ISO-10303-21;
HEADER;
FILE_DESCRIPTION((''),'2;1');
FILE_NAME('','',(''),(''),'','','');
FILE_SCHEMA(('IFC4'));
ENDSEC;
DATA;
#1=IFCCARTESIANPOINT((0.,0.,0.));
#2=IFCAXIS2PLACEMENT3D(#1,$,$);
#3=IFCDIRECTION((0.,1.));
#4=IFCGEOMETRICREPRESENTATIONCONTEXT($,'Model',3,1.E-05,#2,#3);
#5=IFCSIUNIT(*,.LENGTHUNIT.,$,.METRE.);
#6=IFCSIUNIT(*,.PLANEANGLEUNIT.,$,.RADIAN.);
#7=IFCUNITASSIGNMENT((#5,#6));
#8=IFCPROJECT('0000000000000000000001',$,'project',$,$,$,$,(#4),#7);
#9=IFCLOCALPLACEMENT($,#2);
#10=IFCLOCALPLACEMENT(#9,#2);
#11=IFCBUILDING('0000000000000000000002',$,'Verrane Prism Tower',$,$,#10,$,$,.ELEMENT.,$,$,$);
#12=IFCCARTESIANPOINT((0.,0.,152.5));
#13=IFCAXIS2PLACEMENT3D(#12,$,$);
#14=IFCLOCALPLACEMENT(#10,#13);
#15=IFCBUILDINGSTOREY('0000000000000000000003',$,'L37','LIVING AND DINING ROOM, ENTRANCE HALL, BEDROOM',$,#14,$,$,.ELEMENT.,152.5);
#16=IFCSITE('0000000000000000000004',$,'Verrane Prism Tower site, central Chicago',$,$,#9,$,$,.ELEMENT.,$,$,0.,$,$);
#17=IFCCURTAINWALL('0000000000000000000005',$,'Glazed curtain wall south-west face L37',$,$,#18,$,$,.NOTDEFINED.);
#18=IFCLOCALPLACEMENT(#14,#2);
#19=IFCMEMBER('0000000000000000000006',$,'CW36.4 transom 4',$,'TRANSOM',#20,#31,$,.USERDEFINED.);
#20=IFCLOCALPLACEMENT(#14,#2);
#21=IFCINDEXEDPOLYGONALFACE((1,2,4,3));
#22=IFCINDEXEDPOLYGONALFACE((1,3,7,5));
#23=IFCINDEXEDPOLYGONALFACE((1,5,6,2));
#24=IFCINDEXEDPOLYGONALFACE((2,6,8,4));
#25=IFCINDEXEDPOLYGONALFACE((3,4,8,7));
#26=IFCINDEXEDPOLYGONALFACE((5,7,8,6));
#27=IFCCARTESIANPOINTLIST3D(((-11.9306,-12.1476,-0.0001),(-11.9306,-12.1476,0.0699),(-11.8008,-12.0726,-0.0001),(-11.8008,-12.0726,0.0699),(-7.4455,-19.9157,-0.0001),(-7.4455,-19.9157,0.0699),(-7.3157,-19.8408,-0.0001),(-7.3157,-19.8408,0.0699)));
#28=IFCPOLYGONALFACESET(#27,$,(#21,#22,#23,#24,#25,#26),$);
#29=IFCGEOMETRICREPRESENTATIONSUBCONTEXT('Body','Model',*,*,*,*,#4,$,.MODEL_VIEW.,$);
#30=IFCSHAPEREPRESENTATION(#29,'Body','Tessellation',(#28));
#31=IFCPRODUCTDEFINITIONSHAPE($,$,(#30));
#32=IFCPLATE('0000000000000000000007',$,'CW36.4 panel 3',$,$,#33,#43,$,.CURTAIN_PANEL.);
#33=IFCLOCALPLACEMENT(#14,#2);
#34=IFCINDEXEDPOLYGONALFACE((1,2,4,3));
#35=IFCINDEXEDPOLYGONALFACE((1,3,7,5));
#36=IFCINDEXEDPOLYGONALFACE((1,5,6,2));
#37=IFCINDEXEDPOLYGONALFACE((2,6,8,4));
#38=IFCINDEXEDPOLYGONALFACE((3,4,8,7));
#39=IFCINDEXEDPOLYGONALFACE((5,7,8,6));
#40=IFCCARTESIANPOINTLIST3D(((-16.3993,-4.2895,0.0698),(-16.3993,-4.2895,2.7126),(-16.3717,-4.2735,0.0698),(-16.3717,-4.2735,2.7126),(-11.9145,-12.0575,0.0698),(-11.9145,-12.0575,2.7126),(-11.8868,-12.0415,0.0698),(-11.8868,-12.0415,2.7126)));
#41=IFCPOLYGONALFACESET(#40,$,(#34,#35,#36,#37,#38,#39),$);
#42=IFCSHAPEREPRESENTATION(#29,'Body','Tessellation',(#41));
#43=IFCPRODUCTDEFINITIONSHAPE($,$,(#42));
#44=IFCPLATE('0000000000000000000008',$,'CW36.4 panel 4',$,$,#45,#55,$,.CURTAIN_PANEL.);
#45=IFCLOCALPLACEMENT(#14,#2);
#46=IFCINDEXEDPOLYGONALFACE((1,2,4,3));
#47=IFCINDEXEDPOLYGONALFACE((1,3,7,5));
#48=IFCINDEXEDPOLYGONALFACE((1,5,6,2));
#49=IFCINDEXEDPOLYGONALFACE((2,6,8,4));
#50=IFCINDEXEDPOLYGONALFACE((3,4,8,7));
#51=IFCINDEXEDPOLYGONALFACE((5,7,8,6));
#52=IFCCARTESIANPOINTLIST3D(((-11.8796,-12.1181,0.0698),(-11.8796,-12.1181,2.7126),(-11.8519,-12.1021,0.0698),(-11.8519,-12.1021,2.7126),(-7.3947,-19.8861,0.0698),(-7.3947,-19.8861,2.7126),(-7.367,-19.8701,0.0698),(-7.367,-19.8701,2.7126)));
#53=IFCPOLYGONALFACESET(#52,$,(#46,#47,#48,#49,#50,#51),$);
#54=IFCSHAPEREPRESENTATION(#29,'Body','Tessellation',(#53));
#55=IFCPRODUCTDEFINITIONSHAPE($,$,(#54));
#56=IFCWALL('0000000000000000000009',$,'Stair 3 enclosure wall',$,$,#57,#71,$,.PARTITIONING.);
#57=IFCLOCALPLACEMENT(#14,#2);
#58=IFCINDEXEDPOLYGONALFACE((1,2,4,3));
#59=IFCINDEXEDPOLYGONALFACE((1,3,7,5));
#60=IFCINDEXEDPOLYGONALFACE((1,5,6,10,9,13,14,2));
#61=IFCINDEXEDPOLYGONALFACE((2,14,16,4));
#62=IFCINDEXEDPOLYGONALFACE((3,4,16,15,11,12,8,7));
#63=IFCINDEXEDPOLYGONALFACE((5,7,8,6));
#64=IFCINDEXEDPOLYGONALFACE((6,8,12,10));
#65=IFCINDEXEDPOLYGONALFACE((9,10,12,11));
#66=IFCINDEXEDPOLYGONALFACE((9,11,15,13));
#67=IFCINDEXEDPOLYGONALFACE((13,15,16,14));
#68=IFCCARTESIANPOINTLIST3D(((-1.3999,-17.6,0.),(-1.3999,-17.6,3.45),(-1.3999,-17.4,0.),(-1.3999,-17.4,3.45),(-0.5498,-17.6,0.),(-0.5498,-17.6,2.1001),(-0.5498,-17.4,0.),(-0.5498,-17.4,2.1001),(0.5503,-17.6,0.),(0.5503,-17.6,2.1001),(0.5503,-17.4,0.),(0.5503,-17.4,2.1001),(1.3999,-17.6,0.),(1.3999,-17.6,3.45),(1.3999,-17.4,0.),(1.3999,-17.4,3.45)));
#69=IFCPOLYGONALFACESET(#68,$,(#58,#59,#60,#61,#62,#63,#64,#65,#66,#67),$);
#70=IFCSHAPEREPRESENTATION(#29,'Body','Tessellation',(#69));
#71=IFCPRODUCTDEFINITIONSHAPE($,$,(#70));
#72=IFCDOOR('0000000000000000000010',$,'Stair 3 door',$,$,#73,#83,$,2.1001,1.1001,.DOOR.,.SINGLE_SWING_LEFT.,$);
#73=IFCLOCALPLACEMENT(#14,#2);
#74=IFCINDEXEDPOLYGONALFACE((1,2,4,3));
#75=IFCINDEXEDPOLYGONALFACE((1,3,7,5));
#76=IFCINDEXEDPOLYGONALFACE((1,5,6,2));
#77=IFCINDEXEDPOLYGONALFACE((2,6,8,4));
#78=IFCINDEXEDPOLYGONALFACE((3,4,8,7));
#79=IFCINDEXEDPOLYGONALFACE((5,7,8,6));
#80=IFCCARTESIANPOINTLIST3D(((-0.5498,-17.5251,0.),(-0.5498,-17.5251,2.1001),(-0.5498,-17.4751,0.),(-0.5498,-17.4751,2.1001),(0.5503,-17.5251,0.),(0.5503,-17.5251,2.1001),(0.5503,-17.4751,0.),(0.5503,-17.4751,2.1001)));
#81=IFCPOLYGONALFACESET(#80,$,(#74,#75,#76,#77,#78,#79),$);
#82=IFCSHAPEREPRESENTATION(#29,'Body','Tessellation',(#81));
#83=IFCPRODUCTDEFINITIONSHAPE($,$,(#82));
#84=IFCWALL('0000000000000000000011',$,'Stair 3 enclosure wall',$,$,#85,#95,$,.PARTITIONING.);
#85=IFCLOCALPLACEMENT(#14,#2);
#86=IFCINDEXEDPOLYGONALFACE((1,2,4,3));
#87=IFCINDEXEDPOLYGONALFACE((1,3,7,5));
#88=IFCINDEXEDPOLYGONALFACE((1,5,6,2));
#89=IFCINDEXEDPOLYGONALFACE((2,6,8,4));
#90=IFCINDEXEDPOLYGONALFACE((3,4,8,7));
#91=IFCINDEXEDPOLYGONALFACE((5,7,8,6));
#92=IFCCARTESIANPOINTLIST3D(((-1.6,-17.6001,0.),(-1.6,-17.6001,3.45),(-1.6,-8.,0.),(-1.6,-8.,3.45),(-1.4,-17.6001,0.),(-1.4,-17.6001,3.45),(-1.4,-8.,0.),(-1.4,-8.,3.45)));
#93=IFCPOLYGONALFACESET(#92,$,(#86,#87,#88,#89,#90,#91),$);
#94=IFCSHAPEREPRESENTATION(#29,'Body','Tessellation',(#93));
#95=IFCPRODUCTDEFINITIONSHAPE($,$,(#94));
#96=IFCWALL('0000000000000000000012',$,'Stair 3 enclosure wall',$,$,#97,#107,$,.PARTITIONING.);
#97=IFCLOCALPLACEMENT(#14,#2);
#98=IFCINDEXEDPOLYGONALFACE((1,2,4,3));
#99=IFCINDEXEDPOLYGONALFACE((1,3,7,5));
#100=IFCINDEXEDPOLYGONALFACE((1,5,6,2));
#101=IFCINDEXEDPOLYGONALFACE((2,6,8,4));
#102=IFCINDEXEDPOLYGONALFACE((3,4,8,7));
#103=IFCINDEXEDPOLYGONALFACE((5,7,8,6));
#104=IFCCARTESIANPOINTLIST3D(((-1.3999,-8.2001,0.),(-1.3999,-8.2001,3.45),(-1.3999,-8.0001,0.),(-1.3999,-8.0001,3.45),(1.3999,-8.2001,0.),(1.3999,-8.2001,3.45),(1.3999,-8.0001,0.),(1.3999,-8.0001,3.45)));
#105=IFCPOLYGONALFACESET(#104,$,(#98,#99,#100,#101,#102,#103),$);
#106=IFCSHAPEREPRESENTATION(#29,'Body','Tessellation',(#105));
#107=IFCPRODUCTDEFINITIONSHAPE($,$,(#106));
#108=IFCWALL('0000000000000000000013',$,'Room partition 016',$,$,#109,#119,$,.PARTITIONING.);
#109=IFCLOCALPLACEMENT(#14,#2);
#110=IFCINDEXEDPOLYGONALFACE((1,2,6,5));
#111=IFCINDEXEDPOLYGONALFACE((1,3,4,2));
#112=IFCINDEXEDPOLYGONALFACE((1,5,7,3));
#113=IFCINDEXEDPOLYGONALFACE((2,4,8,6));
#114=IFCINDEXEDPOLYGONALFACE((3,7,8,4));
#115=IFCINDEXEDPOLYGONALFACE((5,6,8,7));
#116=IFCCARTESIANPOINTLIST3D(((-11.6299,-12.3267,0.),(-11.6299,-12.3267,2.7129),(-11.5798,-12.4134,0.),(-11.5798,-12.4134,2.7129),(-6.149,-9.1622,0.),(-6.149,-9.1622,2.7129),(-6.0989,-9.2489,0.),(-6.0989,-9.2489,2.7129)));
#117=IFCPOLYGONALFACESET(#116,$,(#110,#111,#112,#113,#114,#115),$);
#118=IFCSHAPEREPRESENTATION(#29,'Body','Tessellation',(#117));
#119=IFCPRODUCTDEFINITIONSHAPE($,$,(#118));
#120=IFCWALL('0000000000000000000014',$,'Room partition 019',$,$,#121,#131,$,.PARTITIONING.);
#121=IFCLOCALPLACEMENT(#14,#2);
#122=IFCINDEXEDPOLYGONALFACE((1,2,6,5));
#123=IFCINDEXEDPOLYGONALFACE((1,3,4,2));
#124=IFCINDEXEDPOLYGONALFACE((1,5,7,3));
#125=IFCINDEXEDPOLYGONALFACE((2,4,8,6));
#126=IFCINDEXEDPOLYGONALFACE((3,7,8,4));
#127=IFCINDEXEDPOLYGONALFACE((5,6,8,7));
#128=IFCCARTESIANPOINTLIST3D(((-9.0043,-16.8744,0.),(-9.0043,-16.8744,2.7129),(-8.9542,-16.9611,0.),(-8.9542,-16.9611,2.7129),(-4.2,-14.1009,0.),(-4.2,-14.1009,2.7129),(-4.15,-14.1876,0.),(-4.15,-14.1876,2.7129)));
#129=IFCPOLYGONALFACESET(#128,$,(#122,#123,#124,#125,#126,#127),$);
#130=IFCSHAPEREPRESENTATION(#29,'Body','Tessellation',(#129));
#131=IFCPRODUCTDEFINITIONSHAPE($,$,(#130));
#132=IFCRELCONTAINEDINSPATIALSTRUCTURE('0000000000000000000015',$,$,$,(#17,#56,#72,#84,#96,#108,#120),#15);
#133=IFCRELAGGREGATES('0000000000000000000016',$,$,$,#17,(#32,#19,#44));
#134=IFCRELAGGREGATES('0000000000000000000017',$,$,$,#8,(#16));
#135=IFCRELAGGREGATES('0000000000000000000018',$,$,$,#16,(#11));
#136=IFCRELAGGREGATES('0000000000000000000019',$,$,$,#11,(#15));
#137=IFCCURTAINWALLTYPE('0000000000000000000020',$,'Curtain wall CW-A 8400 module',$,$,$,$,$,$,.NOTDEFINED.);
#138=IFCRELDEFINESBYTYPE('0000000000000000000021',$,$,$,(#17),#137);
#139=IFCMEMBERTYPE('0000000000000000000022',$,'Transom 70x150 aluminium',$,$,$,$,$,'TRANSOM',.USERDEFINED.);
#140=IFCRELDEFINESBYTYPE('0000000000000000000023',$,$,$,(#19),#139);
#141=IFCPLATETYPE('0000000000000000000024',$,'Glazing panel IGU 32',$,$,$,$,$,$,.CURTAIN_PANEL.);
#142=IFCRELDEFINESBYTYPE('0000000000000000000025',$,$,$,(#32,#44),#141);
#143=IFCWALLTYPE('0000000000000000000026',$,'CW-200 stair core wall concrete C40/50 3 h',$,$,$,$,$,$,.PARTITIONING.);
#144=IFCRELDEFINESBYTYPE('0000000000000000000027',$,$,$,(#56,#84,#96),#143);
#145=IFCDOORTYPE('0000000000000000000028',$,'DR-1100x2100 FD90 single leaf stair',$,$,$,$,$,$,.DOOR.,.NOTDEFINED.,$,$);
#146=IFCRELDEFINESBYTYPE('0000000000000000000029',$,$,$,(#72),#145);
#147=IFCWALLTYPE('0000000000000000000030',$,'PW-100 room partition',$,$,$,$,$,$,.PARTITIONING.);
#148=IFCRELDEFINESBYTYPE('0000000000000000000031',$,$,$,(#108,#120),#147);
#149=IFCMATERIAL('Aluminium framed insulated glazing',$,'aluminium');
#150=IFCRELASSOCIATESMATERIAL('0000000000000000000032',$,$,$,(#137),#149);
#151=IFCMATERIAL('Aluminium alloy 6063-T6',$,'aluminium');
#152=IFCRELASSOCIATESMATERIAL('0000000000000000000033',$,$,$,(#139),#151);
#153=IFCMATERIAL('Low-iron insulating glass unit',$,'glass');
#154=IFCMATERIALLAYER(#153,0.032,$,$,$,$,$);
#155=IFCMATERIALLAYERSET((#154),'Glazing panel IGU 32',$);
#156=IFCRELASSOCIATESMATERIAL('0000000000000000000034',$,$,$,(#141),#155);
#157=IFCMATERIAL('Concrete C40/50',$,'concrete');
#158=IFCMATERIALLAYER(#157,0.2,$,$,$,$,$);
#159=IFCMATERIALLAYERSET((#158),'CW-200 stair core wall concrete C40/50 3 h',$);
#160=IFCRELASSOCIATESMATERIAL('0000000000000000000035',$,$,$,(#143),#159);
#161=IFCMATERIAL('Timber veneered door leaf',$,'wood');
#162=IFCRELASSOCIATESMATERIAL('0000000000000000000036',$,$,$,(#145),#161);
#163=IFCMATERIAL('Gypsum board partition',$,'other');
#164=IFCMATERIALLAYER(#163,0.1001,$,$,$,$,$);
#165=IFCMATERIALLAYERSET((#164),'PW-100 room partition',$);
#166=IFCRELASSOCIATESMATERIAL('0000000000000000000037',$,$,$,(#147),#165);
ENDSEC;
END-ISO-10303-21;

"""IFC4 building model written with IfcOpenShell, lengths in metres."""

from ifc_helpers import new_model, si_unit, direction, frame, frame_2d, origin, origin_2d, place, context, subcontext, project, spatial, rectangle, extrude, material, layer, layer_set, material_profile, profile_set, type_object, element, fill, aggregate, save


model = new_model("IFC4")

# Units and contexts
model_context = context("Model", 3, precision=1e-05, world=origin(), true_north=direction((0.0, 1.0)))
body_context = subcontext(model_context, "Body", "Model", "MODEL_VIEW")
ifc_project = project(units=[si_unit("LENGTHUNIT", "METRE"), si_unit("PLANEANGLEUNIT", "RADIAN")], contexts=[model_context])

# Site, building, storey
site_placement = place(None, origin())
site = spatial("IfcSite", under=ifc_project, at=site_placement, Name="Verrane Prism Tower site, central Chicago", CompositionType="ELEMENT", RefElevation=0.0)
building_placement = place(site_placement, origin())
building = spatial("IfcBuilding", under=site, at=building_placement, Name="Verrane Prism Tower", CompositionType="ELEMENT")
storey_placement = place(building_placement, frame((0.0, 0.0, 152.5)))
storey = spatial("IfcBuildingStorey", under=building, at=storey_placement, Name="L37", Description="LIVING AND DINING ROOM, ENTRANCE HALL, BEDROOM", CompositionType="ELEMENT", Elevation=152.5)

# Curtain wall
ifc_material_1 = material(Name="Aluminium framed insulated glazing", Category="aluminium")
curtain_wall_type = type_object("IfcCurtainWallType", Name="Curtain wall CW-A 8400 module", PredefinedType="NOTDEFINED", material=ifc_material_1)
curtain_wall_placement = place(storey_placement, origin())
curtain_wall = element("IfcCurtainWall", 1, at=curtain_wall_placement, inside=storey, type_object=curtain_wall_type, Name="Glazed curtain wall south-west face L37", PredefinedType="NOTDEFINED")

# Member
ifc_material_2 = material(Name="Aluminium alloy 6063-T6", Category="aluminium")
ifc_material_profile_1 = material_profile(ifc_material_2, rectangle(XDim=0.1499, YDim=0.0701, at=origin_2d()), Name="Transom 70x150 aluminium")
ifc_profile_set_1 = profile_set([ifc_material_profile_1], Name="Aluminium alloy 6063-T6")
member_type_1 = type_object("IfcMemberType", Name="Transom 70x150 aluminium", ElementType="TRANSOM", PredefinedType="USERDEFINED", material=ifc_profile_set_1)
member_1_placement = place(storey_placement, frame((-11.8657, -12.1101, 0.0349), z_axis=(0.500018, -0.866015, 0.0), x_axis=(0.866015, 0.500018, 0.0)))
member_1 = element("IfcMember", 2, at=member_1_placement, type_object=member_type_1, Name="CW36.4 transom 4", ObjectType="TRANSOM", PredefinedType="USERDEFINED", context=body_context, shape_type="SweptSolid", body=[
    extrude(rectangle(XDim=0.1499, YDim=0.0701, at=origin_2d()), origin(), (0.0, 0.0, 1.0), 8.97),
])

# Plates
ifc_material_3 = material(Name="Low-iron insulating glass unit", Category="glass")
ifc_layer_1 = layer(ifc_material_3, 0.032)
ifc_layer_set_1 = layer_set([ifc_layer_1], Name="Glazing panel IGU 32")
plate_type = type_object("IfcPlateType", Name="Glazing panel IGU 32", PredefinedType="CURTAIN_PANEL", material=ifc_layer_set_1)
plate_1_placement = place(storey_placement, frame((-14.1431, -8.1655, 0.0698), z_axis=(0.0, 0.0, 1.0), x_axis=(0.500001, -0.866025, 0.0)))
plate_1 = element("IfcPlate", 3, at=plate_1_placement, type_object=plate_type, Name="CW36.4 panel 3", PredefinedType="CURTAIN_PANEL", context=body_context, shape_type="SweptSolid", body=[
    extrude(rectangle(XDim=8.9697, YDim=0.032, at=origin_2d()), origin(), (0.0, 0.0, 1.0), 2.6428),
])
plate_2_placement = place(storey_placement, frame((-9.6233, -15.9941, 0.0698), z_axis=(0.0, 0.0, 1.0), x_axis=(0.500001, -0.866025, 0.0)))
plate_2 = element("IfcPlate", 4, at=plate_2_placement, type_object=plate_type, Name="CW36.4 panel 4", PredefinedType="CURTAIN_PANEL", context=body_context, shape_type="SweptSolid", body=[
    extrude(rectangle(XDim=8.9697, YDim=0.032, at=origin_2d()), origin(), (0.0, 0.0, 1.0), 2.6428),
])
aggregate(curtain_wall, [plate_1, member_1, plate_2])

# Wall, opening, door
ifc_material_4 = material(Name="Concrete C40/50", Category="concrete")
ifc_layer_2 = layer(ifc_material_4, 0.2)
ifc_layer_set_2 = layer_set([ifc_layer_2], Name="CW-200 stair core wall concrete C40/50 3 h")
wall_type_1 = type_object("IfcWallType", Name="CW-200 stair core wall concrete C40/50 3 h", PredefinedType="PARTITIONING", material=ifc_layer_set_2)
wall_1_placement = place(storey_placement, frame((-1.3999, -17.5, 0.0), z_axis=(0.0, 0.0, 1.0), x_axis=(1.0, 0.0, 0.0)))
wall_1 = element("IfcWall", 5, at=wall_1_placement, inside=storey, type_object=wall_type_1, Name="Stair 3 enclosure wall", PredefinedType="PARTITIONING", context=body_context, shape_type="SweptSolid", body=[
    extrude(rectangle(XDim=2.7998, YDim=0.2, at=frame_2d((1.3999, 0.0))), origin(), (0.0, 0.0, 1.0), 3.45),
])
opening_1_placement = place(wall_1_placement, frame((0.8501, 0.0, 0.0)))
opening_1 = element("IfcOpeningElement", 6, at=opening_1_placement, cuts=wall_1, PredefinedType="OPENING", context=body_context, shape_type="SweptSolid", body=[
    extrude(rectangle(XDim=1.1001, YDim=2.1001, at=frame_2d((0.55, 1.05))), frame((0.0, 0.1099, 0.0), z_axis=(0.0, -1.0, 0.0), x_axis=(1.0, 0.0, 0.0)), (0.0, 0.0, 1.0), 0.22),
])
ifc_material_5 = material(Name="Timber veneered door leaf", Category="wood")
door_type_1 = type_object("IfcDoorType", Name="DR-1100x2100 FD90 single leaf stair", OperationType="NOTDEFINED", PredefinedType="DOOR", material=ifc_material_5)
door_1_placement = place(opening_1_placement, origin())
door_1 = element("IfcDoor", 7, at=door_1_placement, inside=storey, type_object=door_type_1, Name="Stair 3 door", OperationType="SINGLE_SWING_LEFT", OverallHeight=2.1001, OverallWidth=1.1001, PredefinedType="DOOR", context=body_context, shape_type="SweptSolid", body=[
    extrude(rectangle(XDim=1.1001, YDim=2.1001, at=frame_2d((0.55, 1.05))), frame((0.0, 0.0249, 0.0), z_axis=(0.0, -1.0, 0.0), x_axis=(1.0, 0.0, 0.0)), (0.0, 0.0, 1.0), 0.05),
])
fill(opening_1, door_1)

# Walls
wall_2_placement = place(storey_placement, frame((-1.5, -8.0, 0.0), z_axis=(0.0, 0.0, 1.0), x_axis=(0.0, -1.0, 0.0)))
element("IfcWall", 8, at=wall_2_placement, inside=storey, type_object=wall_type_1, Name="Stair 3 enclosure wall", PredefinedType="PARTITIONING", context=body_context, shape_type="SweptSolid", body=[
    extrude(rectangle(XDim=9.6001, YDim=0.2, at=frame_2d((4.8, 0.0))), origin(), (0.0, 0.0, 1.0), 3.45),
])
wall_3_placement = place(storey_placement, frame((-1.3999, -8.1001, 0.0), z_axis=(0.0, 0.0, 1.0), x_axis=(1.0, 0.0, 0.0)))
element("IfcWall", 9, at=wall_3_placement, inside=storey, type_object=wall_type_1, Name="Stair 3 enclosure wall", PredefinedType="PARTITIONING", context=body_context, shape_type="SweptSolid", body=[
    extrude(rectangle(XDim=2.7998, YDim=0.2, at=frame_2d((1.3999, 0.0))), origin(), (0.0, 0.0, 1.0), 3.45),
])
ifc_material_6 = material(Name="Gypsum board partition", Category="other")
ifc_layer_3 = layer(ifc_material_6, 0.1001)
ifc_layer_set_3 = layer_set([ifc_layer_3], Name="PW-100 room partition")
wall_type_2 = type_object("IfcWallType", Name="PW-100 room partition", PredefinedType="PARTITIONING", material=ifc_layer_set_3)
wall_4_placement = place(storey_placement, frame((-11.605, -12.3701, 0.0), z_axis=(0.0, 0.0, 1.0), x_axis=(0.866017, 0.500014, 0.0)))
element("IfcWall", 10, at=wall_4_placement, inside=storey, type_object=wall_type_2, Name="Room partition 016", PredefinedType="PARTITIONING", context=body_context, shape_type="SweptSolid", body=[
    extrude(rectangle(XDim=6.3289, YDim=0.1001, at=frame_2d((3.1646, 0.0))), origin(), (0.0, 0.0, 1.0), 2.7129),
])
wall_5_placement = place(storey_placement, frame((-8.9792, -16.9177, 0.0), z_axis=(0.0, 0.0, 1.0), x_axis=(0.866046, 0.499964, 0.0)))
element("IfcWall", 11, at=wall_5_placement, inside=storey, type_object=wall_type_2, Name="Room partition 019", PredefinedType="PARTITIONING", context=body_context, shape_type="SweptSolid", body=[
    extrude(rectangle(XDim=5.5474, YDim=0.1001, at=frame_2d((2.7737, 0.0))), origin(), (0.0, 0.0, 1.0), 2.7129),
])

save(model, "model.ifc")
